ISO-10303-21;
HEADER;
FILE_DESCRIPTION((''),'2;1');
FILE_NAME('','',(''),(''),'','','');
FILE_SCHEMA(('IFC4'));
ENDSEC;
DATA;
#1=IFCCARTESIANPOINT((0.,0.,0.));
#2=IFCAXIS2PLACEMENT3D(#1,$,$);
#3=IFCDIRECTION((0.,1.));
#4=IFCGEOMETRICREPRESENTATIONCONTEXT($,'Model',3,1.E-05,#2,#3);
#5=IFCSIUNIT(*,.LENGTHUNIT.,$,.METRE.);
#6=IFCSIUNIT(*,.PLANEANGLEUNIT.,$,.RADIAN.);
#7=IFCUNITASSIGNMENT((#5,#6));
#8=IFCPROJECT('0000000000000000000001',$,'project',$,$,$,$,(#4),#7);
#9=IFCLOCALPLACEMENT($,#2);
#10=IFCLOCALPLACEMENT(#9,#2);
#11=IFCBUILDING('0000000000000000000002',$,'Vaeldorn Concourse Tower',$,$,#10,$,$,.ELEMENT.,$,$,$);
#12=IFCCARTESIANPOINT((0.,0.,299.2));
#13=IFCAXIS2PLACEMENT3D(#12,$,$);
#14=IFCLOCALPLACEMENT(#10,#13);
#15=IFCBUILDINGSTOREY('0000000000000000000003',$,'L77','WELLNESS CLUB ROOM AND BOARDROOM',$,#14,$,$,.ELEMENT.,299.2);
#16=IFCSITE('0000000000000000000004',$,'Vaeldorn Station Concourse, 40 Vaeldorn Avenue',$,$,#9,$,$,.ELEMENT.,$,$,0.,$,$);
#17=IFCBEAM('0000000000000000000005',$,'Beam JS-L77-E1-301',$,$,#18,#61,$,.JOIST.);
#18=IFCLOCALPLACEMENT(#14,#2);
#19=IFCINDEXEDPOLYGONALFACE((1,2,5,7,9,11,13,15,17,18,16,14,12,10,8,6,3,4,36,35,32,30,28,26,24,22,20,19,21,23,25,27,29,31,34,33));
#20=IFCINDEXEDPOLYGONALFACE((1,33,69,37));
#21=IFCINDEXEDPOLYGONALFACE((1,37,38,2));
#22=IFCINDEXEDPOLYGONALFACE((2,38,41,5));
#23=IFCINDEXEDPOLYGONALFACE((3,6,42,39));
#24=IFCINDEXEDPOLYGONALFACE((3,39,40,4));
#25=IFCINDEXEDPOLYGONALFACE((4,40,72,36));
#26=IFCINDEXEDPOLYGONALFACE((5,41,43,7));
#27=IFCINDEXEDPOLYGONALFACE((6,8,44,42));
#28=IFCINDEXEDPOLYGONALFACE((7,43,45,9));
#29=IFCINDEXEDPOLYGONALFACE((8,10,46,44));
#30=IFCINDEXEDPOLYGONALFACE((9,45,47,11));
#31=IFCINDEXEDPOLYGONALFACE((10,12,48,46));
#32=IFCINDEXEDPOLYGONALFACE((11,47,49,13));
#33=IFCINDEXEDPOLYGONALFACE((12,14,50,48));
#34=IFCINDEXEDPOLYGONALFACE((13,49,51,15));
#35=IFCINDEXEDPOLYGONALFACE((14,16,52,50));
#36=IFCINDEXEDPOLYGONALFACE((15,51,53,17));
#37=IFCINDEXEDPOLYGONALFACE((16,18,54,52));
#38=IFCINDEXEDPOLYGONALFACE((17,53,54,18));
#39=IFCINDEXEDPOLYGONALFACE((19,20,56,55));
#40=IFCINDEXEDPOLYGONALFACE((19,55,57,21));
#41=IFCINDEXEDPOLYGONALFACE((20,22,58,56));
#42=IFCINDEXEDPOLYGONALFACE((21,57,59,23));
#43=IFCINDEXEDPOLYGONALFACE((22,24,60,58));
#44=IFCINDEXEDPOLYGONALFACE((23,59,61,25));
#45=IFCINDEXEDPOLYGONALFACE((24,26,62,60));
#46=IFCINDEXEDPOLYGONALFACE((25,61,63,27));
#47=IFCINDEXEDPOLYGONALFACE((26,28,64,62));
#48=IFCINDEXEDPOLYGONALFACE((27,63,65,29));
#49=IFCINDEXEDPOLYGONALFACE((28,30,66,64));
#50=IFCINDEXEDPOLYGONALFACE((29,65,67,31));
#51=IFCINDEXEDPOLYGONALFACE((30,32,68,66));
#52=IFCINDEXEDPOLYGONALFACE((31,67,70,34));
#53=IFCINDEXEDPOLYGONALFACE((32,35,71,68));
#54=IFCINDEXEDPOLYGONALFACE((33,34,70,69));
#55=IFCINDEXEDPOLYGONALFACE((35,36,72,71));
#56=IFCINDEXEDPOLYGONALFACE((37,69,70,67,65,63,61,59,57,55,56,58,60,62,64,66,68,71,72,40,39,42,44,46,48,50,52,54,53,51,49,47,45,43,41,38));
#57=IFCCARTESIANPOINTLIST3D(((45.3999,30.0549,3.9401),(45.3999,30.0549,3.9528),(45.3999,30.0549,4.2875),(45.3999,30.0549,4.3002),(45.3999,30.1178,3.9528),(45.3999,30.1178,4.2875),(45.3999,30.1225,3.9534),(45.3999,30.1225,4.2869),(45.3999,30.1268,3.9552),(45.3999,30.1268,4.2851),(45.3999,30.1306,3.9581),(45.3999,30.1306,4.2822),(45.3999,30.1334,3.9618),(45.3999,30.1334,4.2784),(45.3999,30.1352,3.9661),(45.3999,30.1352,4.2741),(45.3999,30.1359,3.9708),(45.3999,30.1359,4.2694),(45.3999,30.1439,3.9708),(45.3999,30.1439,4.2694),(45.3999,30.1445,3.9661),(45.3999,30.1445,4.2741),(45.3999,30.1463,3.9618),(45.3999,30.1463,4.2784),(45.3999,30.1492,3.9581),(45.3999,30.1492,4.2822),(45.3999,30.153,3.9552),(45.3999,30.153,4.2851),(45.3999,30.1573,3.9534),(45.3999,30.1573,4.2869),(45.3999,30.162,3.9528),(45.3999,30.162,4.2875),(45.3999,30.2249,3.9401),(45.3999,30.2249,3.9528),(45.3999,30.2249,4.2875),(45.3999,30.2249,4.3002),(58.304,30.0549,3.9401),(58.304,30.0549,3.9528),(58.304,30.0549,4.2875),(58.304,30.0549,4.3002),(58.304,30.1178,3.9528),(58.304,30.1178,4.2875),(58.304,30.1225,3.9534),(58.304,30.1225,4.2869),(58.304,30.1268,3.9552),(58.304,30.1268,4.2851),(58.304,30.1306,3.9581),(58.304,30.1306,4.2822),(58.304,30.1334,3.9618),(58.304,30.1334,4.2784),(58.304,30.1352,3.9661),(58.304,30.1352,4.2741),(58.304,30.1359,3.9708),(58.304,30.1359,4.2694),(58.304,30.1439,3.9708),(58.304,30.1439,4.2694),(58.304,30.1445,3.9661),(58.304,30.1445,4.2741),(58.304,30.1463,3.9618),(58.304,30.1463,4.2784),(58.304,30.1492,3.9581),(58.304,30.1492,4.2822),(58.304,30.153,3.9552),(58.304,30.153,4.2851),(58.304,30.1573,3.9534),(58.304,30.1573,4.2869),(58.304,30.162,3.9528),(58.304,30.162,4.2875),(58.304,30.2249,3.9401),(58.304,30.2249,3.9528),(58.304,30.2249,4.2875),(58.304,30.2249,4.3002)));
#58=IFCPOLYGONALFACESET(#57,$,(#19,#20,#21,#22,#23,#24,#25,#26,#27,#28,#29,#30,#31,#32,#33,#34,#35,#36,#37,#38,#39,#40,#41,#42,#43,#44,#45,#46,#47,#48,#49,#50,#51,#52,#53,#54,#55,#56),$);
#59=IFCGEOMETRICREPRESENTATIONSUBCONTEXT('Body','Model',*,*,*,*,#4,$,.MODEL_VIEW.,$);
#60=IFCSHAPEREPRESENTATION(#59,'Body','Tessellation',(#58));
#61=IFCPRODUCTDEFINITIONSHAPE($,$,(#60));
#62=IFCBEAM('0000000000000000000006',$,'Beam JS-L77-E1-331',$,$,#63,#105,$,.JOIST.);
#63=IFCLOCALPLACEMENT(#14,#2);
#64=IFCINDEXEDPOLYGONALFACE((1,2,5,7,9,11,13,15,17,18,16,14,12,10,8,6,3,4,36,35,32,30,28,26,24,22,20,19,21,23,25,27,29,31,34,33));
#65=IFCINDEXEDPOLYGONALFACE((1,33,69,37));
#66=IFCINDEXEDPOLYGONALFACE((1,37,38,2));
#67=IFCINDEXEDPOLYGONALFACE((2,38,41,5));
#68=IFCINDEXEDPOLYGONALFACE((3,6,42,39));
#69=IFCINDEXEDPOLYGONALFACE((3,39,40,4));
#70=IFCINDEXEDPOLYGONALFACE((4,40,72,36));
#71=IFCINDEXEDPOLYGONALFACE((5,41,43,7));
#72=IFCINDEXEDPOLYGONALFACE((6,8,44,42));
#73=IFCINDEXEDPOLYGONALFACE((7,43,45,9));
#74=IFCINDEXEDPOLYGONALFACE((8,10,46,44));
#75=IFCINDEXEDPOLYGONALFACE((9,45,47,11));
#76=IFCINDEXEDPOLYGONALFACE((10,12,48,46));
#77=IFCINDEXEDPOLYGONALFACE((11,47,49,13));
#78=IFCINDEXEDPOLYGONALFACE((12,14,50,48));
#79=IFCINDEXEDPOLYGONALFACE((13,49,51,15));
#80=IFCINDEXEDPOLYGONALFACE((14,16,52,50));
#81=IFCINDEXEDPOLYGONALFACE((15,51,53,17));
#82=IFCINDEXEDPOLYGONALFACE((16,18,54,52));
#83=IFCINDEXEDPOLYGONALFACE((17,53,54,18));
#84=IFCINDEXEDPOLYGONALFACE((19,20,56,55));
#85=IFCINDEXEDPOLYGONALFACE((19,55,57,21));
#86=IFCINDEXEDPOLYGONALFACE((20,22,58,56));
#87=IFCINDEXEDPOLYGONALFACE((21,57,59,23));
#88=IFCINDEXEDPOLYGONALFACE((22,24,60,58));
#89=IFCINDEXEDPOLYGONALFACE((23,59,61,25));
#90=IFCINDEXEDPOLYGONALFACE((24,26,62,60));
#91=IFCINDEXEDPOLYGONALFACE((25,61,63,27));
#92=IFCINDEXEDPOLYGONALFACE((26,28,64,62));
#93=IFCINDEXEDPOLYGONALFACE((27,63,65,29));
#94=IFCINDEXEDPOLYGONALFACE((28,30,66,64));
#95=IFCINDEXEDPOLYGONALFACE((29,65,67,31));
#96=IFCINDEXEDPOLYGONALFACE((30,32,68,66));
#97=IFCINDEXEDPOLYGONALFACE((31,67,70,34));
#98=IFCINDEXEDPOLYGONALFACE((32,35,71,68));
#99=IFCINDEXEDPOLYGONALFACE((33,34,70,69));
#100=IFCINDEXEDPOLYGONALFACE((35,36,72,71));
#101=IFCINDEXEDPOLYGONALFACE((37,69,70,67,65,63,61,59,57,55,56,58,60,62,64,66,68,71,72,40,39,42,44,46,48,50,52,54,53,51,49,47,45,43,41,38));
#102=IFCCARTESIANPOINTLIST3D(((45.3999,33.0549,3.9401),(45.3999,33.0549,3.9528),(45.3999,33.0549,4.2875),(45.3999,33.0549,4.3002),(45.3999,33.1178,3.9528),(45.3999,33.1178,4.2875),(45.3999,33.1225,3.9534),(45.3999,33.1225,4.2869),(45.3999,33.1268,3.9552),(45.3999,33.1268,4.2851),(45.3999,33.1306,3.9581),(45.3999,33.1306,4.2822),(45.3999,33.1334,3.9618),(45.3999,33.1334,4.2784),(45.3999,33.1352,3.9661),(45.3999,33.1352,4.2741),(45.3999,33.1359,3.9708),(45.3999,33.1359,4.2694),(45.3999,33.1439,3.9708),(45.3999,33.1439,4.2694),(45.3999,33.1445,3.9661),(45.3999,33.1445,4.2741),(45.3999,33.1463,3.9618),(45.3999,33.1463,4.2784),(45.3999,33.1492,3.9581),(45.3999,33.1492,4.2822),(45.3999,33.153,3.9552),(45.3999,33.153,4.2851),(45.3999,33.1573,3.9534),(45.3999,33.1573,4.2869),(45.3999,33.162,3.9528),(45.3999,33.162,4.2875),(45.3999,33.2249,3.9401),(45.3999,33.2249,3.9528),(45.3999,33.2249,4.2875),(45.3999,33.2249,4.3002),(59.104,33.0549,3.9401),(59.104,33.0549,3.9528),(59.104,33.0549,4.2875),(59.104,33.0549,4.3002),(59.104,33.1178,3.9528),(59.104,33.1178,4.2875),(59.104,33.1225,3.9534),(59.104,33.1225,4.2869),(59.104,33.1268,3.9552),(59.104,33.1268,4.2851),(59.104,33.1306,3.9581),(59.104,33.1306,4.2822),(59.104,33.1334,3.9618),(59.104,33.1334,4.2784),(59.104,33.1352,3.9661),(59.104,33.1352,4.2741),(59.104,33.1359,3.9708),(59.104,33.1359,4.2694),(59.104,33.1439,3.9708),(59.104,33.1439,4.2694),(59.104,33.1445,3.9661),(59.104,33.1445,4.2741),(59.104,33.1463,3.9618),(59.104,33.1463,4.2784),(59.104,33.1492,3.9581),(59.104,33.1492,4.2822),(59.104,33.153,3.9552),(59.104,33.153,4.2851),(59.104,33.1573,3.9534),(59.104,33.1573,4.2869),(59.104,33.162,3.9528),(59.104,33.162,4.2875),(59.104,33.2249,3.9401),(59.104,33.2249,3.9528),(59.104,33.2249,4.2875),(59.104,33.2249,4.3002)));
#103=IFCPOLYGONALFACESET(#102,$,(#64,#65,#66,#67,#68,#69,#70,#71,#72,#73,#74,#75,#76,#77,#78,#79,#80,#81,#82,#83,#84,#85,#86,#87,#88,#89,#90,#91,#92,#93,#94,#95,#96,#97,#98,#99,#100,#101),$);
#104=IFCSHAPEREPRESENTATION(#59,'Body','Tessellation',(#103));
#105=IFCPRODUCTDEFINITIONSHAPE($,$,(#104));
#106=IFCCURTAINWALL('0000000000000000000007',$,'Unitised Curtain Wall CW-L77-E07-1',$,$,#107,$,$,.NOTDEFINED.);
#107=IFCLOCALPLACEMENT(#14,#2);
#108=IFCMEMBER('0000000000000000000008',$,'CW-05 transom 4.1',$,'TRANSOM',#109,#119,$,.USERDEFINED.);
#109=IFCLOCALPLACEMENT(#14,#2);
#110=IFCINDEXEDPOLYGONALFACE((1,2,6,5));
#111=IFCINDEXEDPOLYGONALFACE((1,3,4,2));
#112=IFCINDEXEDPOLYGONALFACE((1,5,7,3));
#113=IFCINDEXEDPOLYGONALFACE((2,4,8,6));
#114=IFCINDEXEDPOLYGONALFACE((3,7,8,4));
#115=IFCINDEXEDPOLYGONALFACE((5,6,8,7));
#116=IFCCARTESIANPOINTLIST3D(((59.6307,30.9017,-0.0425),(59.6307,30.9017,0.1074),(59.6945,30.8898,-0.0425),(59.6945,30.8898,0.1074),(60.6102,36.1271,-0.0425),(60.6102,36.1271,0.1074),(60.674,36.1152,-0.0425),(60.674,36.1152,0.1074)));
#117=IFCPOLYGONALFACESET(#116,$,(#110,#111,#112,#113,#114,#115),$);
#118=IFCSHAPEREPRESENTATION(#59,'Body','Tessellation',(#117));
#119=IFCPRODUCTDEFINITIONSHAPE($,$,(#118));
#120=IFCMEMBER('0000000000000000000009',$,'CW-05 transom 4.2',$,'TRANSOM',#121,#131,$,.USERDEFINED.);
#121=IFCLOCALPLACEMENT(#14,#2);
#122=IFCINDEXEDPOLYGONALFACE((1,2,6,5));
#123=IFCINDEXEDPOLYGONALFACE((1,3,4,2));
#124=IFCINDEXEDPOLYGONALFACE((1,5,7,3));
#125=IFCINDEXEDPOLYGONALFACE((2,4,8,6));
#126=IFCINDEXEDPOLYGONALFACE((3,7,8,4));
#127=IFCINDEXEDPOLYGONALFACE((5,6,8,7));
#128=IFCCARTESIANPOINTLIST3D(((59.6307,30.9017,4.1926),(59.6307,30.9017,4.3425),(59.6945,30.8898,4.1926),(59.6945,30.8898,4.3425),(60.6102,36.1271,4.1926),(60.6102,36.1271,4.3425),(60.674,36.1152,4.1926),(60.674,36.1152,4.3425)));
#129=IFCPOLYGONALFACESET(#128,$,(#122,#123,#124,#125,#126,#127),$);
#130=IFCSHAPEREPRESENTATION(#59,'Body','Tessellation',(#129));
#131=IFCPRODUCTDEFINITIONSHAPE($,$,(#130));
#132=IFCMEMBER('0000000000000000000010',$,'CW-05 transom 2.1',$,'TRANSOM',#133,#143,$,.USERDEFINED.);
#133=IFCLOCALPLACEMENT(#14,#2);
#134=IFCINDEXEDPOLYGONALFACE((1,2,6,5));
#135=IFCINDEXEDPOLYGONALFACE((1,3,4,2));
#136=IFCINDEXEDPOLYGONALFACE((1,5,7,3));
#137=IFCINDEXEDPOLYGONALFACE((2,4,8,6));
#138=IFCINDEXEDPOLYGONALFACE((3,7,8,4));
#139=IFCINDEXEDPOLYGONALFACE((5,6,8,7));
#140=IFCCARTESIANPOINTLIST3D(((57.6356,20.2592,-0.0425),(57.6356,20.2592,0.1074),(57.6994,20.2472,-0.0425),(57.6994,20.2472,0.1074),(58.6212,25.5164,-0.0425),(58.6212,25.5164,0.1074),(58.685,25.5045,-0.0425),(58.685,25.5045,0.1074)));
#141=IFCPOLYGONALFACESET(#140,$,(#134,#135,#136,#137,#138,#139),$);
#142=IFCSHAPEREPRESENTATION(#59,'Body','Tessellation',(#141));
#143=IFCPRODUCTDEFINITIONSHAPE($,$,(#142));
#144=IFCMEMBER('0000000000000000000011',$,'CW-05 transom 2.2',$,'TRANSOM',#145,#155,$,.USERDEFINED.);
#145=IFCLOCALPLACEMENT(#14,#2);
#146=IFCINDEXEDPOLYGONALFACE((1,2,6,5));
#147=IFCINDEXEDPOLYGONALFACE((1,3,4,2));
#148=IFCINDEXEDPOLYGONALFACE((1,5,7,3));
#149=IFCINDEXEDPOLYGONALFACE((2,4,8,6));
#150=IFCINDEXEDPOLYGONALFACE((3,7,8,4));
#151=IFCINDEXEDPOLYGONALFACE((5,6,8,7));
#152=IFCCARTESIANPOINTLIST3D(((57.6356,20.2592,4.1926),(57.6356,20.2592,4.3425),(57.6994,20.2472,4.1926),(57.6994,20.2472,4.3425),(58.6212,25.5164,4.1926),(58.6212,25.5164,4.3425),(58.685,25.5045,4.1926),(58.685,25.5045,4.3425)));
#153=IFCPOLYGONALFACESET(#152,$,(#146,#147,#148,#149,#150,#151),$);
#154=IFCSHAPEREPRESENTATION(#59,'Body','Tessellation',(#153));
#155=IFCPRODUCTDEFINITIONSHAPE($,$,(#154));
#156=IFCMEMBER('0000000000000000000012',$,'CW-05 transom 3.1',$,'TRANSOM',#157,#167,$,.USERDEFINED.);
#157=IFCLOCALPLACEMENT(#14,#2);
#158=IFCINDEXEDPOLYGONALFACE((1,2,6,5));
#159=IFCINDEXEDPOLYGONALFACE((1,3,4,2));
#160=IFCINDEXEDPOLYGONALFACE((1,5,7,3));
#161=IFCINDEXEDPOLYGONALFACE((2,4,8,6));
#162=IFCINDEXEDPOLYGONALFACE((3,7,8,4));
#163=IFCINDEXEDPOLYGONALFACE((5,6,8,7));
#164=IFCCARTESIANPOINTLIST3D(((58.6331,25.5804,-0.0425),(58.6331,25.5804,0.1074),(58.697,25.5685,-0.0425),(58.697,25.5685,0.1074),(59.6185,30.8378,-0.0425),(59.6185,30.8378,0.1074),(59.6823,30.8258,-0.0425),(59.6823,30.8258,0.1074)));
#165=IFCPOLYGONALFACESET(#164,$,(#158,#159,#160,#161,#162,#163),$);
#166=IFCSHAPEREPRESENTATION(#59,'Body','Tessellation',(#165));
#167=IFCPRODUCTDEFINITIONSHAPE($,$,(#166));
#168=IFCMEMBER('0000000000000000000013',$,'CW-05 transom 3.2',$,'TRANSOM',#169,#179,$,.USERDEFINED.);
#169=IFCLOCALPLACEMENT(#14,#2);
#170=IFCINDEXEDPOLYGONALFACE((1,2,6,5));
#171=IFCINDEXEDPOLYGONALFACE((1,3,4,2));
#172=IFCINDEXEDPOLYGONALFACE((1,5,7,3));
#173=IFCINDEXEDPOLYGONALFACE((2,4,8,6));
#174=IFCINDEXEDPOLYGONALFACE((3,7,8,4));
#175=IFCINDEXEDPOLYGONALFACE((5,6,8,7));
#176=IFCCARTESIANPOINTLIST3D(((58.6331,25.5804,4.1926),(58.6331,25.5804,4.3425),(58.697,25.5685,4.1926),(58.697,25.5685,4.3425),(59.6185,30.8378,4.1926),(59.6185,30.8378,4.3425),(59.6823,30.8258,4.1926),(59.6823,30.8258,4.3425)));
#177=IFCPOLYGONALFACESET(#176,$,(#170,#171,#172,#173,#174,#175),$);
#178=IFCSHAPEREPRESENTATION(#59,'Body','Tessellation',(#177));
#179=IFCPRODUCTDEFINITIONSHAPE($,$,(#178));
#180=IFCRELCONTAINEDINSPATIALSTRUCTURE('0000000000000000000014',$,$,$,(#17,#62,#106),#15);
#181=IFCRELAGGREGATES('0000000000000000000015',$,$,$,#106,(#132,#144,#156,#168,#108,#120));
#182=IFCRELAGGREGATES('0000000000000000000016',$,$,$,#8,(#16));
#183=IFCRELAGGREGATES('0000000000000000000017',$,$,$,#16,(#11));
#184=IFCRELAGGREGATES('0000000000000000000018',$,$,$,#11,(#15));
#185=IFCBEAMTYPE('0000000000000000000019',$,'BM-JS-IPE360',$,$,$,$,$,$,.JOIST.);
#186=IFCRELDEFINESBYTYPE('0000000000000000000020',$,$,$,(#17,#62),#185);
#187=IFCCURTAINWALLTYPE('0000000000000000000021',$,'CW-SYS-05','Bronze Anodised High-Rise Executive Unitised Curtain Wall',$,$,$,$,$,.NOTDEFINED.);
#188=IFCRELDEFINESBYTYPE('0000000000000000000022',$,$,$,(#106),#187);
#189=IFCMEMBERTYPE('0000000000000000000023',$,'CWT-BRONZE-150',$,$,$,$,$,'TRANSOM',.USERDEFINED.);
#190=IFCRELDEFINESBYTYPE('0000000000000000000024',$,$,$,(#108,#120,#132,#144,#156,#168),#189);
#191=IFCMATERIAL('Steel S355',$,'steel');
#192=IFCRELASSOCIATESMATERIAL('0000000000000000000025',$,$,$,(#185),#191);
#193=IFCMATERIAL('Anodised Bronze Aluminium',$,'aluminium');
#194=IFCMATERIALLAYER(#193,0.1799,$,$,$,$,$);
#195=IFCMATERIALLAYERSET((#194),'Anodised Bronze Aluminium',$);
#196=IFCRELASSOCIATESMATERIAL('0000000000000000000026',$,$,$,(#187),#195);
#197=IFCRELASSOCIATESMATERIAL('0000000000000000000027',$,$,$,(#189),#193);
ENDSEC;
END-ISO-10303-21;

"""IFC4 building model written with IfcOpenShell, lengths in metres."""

from ifc_helpers import new_model, si_unit, direction, frame, origin, origin_2d, place, context, subcontext, project, spatial, rectangle, i_section, extrude, source, transform, mapped, material, layer, layer_set, material_profile, profile_set, type_object, element, aggregate, save


model = new_model("IFC4")

# Units and contexts
model_context = context("Model", 3, precision=1e-05, world=origin(), true_north=direction((0.0, 1.0)))
body_context = subcontext(model_context, "Body", "Model", "MODEL_VIEW")
ifc_project = project(units=[si_unit("LENGTHUNIT", "METRE"), si_unit("PLANEANGLEUNIT", "RADIAN")], contexts=[model_context])

# Site, building, storey
site_placement = place(None, origin())
site = spatial("IfcSite", under=ifc_project, at=site_placement, Name="Vaeldorn Station Concourse, 40 Vaeldorn Avenue", CompositionType="ELEMENT", RefElevation=0.0)
building_placement = place(site_placement, origin())
building = spatial("IfcBuilding", under=site, at=building_placement, Name="Vaeldorn Concourse Tower", CompositionType="ELEMENT")
storey_placement = place(building_placement, frame((0.0, 0.0, 299.2)))
storey = spatial("IfcBuildingStorey", under=building, at=storey_placement, Name="L77", Description="WELLNESS CLUB ROOM AND BOARDROOM", CompositionType="ELEMENT", Elevation=299.2)

# Shared definitions
ifc_material_1 = material(Name="Steel S355", Category="steel")

# Beams
ifc_material_profile_1 = material_profile(ifc_material_1, i_section(OverallWidth=0.1699, OverallDepth=0.3601, WebThickness=0.0081, FlangeThickness=0.0127, FilletRadius=0.0181, at=origin_2d()), Name="IPE 360")
ifc_profile_set_1 = profile_set([ifc_material_profile_1], Name="Steel S355")
beam_type_1 = type_object("IfcBeamType", Name="BM-JS-IPE360", PredefinedType="JOIST", material=ifc_profile_set_1)
shared_shape_1 = source(origin(), body_context, "Body", "SweptSolid", [
    extrude(i_section(OverallWidth=0.1699, OverallDepth=0.3601, WebThickness=0.0081, FlangeThickness=0.0127, FilletRadius=0.0181, at=origin_2d()), origin(), (0.0, 0.0, 1.0), 12.9041),
])
beam_1_placement = place(storey_placement, frame((45.3999, 30.1399, 4.1201), z_axis=(1.0, 0.0, 0.0), x_axis=(0.0, 1.0, 0.0)))
element("IfcBeam", 1, at=beam_1_placement, inside=storey, type_object=beam_type_1, Name="Beam JS-L77-E1-301", PredefinedType="JOIST", context=body_context, shape_type="MappedRepresentation", body=[
    mapped(shared_shape_1, transform((0.0, 0.0, 0.0), scale=1.0)),
])
shared_shape_2 = source(origin(), body_context, "Body", "SweptSolid", [
    extrude(i_section(OverallWidth=0.1699, OverallDepth=0.3601, WebThickness=0.0081, FlangeThickness=0.0127, FilletRadius=0.0181, at=origin_2d()), origin(), (0.0, 0.0, 1.0), 13.7041),
])
beam_2_placement = place(storey_placement, frame((45.3999, 33.1399, 4.1201), z_axis=(1.0, 0.0, 0.0), x_axis=(0.0, 1.0, 0.0)))
element("IfcBeam", 2, at=beam_2_placement, inside=storey, type_object=beam_type_1, Name="Beam JS-L77-E1-331", PredefinedType="JOIST", context=body_context, shape_type="MappedRepresentation", body=[
    mapped(shared_shape_2, transform((0.0, 0.0, 0.0), scale=1.0)),
])

# Curtain wall, members
ifc_material_2 = material(Name="Anodised Bronze Aluminium", Category="aluminium")
ifc_layer_1 = layer(ifc_material_2, 0.1799)
ifc_layer_set_1 = layer_set([ifc_layer_1], Name="Anodised Bronze Aluminium")
curtain_wall_type = type_object("IfcCurtainWallType", Name="CW-SYS-05", Description="Bronze Anodised High-Rise Executive Unitised Curtain Wall", PredefinedType="NOTDEFINED", material=ifc_layer_set_1)
curtain_wall_placement = place(storey_placement, origin())
curtain_wall = element("IfcCurtainWall", 3, at=curtain_wall_placement, inside=storey, type_object=curtain_wall_type, Name="Unitised Curtain Wall CW-L77-E07-1", PredefinedType="NOTDEFINED")
ifc_material_profile_2 = material_profile(ifc_material_2, rectangle(XDim=0.0649, YDim=0.1499, at=origin_2d()), Name="CWT 65x150")
ifc_profile_set_2 = profile_set([ifc_material_profile_2], Name="Anodised Bronze Aluminium")
member_type_1 = type_object("IfcMemberType", Name="CWT-BRONZE-150", ElementType="TRANSOM", PredefinedType="USERDEFINED", material=ifc_profile_set_2)
shared_shape_3 = source(origin(), body_context, "Body", "SweptSolid", [
    extrude(rectangle(XDim=0.0649, YDim=0.1499, at=origin_2d()), origin(), (0.0, 0.0, 1.0), 5.3164),
])
member_1_placement = place(storey_placement, frame((59.6626, 30.8958, 0.0325), z_axis=(0.184241, 0.982881, 0.0), x_axis=(-0.982881, 0.184241, 0.0)))
member_1 = element("IfcMember", 4, at=member_1_placement, type_object=member_type_1, Name="CW-05 transom 4.1", ObjectType="TRANSOM", PredefinedType="USERDEFINED", context=body_context, shape_type="MappedRepresentation", body=[
    mapped(shared_shape_3, transform((0.0, 0.0, 0.0), scale=1.0)),
])
member_2_placement = place(storey_placement, frame((59.6626, 30.8958, 4.2676), z_axis=(0.184241, 0.982881, 0.0), x_axis=(-0.982881, 0.184241, 0.0)))
member_2 = element("IfcMember", 5, at=member_2_placement, type_object=member_type_1, Name="CW-05 transom 4.2", ObjectType="TRANSOM", PredefinedType="USERDEFINED", context=body_context, shape_type="MappedRepresentation", body=[
    mapped(shared_shape_3, transform((0.0, 0.0, 0.0), scale=1.0)),
])
shared_shape_4 = source(origin(), body_context, "Body", "SweptSolid", [
    extrude(rectangle(XDim=0.0649, YDim=0.1499, at=origin_2d()), origin(), (0.0, 0.0, 1.0), 5.3489),
])
member_3_placement = place(storey_placement, frame((57.6675, 20.2532, 0.0325), z_axis=(0.184261, 0.982877, 0.0), x_axis=(-0.982877, 0.184261, 0.0)))
member_3 = element("IfcMember", 6, at=member_3_placement, type_object=member_type_1, Name="CW-05 transom 2.1", ObjectType="TRANSOM", PredefinedType="USERDEFINED", context=body_context, shape_type="MappedRepresentation", body=[
    mapped(shared_shape_4, transform((0.0, 0.0, 0.0), scale=1.0)),
])
member_4_placement = place(storey_placement, frame((57.6675, 20.2532, 4.2676), z_axis=(0.184261, 0.982877, 0.0), x_axis=(-0.982877, 0.184261, 0.0)))
member_4 = element("IfcMember", 7, at=member_4_placement, type_object=member_type_1, Name="CW-05 transom 2.2", ObjectType="TRANSOM", PredefinedType="USERDEFINED", context=body_context, shape_type="MappedRepresentation", body=[
    mapped(shared_shape_4, transform((0.0, 0.0, 0.0), scale=1.0)),
])
member_5_placement = place(storey_placement, frame((58.665, 25.5745, 0.0325), z_axis=(0.184217, 0.982886, 0.0), x_axis=(-0.982886, 0.184217, 0.0)))
member_5 = element("IfcMember", 8, at=member_5_placement, type_object=member_type_1, Name="CW-05 transom 3.1", ObjectType="TRANSOM", PredefinedType="USERDEFINED", context=body_context, shape_type="MappedRepresentation", body=[
    mapped(shared_shape_4, transform((0.0, 0.0, 0.0), scale=1.0)),
])
member_6_placement = place(storey_placement, frame((58.665, 25.5745, 4.2676), z_axis=(0.184217, 0.982886, 0.0), x_axis=(-0.982886, 0.184217, 0.0)))
member_6 = element("IfcMember", 9, at=member_6_placement, type_object=member_type_1, Name="CW-05 transom 3.2", ObjectType="TRANSOM", PredefinedType="USERDEFINED", context=body_context, shape_type="MappedRepresentation", body=[
    mapped(shared_shape_4, transform((0.0, 0.0, 0.0), scale=1.0)),
])
aggregate(curtain_wall, [member_3, member_4, member_5, member_6, member_1, member_2])

save(model, "model.ifc")
